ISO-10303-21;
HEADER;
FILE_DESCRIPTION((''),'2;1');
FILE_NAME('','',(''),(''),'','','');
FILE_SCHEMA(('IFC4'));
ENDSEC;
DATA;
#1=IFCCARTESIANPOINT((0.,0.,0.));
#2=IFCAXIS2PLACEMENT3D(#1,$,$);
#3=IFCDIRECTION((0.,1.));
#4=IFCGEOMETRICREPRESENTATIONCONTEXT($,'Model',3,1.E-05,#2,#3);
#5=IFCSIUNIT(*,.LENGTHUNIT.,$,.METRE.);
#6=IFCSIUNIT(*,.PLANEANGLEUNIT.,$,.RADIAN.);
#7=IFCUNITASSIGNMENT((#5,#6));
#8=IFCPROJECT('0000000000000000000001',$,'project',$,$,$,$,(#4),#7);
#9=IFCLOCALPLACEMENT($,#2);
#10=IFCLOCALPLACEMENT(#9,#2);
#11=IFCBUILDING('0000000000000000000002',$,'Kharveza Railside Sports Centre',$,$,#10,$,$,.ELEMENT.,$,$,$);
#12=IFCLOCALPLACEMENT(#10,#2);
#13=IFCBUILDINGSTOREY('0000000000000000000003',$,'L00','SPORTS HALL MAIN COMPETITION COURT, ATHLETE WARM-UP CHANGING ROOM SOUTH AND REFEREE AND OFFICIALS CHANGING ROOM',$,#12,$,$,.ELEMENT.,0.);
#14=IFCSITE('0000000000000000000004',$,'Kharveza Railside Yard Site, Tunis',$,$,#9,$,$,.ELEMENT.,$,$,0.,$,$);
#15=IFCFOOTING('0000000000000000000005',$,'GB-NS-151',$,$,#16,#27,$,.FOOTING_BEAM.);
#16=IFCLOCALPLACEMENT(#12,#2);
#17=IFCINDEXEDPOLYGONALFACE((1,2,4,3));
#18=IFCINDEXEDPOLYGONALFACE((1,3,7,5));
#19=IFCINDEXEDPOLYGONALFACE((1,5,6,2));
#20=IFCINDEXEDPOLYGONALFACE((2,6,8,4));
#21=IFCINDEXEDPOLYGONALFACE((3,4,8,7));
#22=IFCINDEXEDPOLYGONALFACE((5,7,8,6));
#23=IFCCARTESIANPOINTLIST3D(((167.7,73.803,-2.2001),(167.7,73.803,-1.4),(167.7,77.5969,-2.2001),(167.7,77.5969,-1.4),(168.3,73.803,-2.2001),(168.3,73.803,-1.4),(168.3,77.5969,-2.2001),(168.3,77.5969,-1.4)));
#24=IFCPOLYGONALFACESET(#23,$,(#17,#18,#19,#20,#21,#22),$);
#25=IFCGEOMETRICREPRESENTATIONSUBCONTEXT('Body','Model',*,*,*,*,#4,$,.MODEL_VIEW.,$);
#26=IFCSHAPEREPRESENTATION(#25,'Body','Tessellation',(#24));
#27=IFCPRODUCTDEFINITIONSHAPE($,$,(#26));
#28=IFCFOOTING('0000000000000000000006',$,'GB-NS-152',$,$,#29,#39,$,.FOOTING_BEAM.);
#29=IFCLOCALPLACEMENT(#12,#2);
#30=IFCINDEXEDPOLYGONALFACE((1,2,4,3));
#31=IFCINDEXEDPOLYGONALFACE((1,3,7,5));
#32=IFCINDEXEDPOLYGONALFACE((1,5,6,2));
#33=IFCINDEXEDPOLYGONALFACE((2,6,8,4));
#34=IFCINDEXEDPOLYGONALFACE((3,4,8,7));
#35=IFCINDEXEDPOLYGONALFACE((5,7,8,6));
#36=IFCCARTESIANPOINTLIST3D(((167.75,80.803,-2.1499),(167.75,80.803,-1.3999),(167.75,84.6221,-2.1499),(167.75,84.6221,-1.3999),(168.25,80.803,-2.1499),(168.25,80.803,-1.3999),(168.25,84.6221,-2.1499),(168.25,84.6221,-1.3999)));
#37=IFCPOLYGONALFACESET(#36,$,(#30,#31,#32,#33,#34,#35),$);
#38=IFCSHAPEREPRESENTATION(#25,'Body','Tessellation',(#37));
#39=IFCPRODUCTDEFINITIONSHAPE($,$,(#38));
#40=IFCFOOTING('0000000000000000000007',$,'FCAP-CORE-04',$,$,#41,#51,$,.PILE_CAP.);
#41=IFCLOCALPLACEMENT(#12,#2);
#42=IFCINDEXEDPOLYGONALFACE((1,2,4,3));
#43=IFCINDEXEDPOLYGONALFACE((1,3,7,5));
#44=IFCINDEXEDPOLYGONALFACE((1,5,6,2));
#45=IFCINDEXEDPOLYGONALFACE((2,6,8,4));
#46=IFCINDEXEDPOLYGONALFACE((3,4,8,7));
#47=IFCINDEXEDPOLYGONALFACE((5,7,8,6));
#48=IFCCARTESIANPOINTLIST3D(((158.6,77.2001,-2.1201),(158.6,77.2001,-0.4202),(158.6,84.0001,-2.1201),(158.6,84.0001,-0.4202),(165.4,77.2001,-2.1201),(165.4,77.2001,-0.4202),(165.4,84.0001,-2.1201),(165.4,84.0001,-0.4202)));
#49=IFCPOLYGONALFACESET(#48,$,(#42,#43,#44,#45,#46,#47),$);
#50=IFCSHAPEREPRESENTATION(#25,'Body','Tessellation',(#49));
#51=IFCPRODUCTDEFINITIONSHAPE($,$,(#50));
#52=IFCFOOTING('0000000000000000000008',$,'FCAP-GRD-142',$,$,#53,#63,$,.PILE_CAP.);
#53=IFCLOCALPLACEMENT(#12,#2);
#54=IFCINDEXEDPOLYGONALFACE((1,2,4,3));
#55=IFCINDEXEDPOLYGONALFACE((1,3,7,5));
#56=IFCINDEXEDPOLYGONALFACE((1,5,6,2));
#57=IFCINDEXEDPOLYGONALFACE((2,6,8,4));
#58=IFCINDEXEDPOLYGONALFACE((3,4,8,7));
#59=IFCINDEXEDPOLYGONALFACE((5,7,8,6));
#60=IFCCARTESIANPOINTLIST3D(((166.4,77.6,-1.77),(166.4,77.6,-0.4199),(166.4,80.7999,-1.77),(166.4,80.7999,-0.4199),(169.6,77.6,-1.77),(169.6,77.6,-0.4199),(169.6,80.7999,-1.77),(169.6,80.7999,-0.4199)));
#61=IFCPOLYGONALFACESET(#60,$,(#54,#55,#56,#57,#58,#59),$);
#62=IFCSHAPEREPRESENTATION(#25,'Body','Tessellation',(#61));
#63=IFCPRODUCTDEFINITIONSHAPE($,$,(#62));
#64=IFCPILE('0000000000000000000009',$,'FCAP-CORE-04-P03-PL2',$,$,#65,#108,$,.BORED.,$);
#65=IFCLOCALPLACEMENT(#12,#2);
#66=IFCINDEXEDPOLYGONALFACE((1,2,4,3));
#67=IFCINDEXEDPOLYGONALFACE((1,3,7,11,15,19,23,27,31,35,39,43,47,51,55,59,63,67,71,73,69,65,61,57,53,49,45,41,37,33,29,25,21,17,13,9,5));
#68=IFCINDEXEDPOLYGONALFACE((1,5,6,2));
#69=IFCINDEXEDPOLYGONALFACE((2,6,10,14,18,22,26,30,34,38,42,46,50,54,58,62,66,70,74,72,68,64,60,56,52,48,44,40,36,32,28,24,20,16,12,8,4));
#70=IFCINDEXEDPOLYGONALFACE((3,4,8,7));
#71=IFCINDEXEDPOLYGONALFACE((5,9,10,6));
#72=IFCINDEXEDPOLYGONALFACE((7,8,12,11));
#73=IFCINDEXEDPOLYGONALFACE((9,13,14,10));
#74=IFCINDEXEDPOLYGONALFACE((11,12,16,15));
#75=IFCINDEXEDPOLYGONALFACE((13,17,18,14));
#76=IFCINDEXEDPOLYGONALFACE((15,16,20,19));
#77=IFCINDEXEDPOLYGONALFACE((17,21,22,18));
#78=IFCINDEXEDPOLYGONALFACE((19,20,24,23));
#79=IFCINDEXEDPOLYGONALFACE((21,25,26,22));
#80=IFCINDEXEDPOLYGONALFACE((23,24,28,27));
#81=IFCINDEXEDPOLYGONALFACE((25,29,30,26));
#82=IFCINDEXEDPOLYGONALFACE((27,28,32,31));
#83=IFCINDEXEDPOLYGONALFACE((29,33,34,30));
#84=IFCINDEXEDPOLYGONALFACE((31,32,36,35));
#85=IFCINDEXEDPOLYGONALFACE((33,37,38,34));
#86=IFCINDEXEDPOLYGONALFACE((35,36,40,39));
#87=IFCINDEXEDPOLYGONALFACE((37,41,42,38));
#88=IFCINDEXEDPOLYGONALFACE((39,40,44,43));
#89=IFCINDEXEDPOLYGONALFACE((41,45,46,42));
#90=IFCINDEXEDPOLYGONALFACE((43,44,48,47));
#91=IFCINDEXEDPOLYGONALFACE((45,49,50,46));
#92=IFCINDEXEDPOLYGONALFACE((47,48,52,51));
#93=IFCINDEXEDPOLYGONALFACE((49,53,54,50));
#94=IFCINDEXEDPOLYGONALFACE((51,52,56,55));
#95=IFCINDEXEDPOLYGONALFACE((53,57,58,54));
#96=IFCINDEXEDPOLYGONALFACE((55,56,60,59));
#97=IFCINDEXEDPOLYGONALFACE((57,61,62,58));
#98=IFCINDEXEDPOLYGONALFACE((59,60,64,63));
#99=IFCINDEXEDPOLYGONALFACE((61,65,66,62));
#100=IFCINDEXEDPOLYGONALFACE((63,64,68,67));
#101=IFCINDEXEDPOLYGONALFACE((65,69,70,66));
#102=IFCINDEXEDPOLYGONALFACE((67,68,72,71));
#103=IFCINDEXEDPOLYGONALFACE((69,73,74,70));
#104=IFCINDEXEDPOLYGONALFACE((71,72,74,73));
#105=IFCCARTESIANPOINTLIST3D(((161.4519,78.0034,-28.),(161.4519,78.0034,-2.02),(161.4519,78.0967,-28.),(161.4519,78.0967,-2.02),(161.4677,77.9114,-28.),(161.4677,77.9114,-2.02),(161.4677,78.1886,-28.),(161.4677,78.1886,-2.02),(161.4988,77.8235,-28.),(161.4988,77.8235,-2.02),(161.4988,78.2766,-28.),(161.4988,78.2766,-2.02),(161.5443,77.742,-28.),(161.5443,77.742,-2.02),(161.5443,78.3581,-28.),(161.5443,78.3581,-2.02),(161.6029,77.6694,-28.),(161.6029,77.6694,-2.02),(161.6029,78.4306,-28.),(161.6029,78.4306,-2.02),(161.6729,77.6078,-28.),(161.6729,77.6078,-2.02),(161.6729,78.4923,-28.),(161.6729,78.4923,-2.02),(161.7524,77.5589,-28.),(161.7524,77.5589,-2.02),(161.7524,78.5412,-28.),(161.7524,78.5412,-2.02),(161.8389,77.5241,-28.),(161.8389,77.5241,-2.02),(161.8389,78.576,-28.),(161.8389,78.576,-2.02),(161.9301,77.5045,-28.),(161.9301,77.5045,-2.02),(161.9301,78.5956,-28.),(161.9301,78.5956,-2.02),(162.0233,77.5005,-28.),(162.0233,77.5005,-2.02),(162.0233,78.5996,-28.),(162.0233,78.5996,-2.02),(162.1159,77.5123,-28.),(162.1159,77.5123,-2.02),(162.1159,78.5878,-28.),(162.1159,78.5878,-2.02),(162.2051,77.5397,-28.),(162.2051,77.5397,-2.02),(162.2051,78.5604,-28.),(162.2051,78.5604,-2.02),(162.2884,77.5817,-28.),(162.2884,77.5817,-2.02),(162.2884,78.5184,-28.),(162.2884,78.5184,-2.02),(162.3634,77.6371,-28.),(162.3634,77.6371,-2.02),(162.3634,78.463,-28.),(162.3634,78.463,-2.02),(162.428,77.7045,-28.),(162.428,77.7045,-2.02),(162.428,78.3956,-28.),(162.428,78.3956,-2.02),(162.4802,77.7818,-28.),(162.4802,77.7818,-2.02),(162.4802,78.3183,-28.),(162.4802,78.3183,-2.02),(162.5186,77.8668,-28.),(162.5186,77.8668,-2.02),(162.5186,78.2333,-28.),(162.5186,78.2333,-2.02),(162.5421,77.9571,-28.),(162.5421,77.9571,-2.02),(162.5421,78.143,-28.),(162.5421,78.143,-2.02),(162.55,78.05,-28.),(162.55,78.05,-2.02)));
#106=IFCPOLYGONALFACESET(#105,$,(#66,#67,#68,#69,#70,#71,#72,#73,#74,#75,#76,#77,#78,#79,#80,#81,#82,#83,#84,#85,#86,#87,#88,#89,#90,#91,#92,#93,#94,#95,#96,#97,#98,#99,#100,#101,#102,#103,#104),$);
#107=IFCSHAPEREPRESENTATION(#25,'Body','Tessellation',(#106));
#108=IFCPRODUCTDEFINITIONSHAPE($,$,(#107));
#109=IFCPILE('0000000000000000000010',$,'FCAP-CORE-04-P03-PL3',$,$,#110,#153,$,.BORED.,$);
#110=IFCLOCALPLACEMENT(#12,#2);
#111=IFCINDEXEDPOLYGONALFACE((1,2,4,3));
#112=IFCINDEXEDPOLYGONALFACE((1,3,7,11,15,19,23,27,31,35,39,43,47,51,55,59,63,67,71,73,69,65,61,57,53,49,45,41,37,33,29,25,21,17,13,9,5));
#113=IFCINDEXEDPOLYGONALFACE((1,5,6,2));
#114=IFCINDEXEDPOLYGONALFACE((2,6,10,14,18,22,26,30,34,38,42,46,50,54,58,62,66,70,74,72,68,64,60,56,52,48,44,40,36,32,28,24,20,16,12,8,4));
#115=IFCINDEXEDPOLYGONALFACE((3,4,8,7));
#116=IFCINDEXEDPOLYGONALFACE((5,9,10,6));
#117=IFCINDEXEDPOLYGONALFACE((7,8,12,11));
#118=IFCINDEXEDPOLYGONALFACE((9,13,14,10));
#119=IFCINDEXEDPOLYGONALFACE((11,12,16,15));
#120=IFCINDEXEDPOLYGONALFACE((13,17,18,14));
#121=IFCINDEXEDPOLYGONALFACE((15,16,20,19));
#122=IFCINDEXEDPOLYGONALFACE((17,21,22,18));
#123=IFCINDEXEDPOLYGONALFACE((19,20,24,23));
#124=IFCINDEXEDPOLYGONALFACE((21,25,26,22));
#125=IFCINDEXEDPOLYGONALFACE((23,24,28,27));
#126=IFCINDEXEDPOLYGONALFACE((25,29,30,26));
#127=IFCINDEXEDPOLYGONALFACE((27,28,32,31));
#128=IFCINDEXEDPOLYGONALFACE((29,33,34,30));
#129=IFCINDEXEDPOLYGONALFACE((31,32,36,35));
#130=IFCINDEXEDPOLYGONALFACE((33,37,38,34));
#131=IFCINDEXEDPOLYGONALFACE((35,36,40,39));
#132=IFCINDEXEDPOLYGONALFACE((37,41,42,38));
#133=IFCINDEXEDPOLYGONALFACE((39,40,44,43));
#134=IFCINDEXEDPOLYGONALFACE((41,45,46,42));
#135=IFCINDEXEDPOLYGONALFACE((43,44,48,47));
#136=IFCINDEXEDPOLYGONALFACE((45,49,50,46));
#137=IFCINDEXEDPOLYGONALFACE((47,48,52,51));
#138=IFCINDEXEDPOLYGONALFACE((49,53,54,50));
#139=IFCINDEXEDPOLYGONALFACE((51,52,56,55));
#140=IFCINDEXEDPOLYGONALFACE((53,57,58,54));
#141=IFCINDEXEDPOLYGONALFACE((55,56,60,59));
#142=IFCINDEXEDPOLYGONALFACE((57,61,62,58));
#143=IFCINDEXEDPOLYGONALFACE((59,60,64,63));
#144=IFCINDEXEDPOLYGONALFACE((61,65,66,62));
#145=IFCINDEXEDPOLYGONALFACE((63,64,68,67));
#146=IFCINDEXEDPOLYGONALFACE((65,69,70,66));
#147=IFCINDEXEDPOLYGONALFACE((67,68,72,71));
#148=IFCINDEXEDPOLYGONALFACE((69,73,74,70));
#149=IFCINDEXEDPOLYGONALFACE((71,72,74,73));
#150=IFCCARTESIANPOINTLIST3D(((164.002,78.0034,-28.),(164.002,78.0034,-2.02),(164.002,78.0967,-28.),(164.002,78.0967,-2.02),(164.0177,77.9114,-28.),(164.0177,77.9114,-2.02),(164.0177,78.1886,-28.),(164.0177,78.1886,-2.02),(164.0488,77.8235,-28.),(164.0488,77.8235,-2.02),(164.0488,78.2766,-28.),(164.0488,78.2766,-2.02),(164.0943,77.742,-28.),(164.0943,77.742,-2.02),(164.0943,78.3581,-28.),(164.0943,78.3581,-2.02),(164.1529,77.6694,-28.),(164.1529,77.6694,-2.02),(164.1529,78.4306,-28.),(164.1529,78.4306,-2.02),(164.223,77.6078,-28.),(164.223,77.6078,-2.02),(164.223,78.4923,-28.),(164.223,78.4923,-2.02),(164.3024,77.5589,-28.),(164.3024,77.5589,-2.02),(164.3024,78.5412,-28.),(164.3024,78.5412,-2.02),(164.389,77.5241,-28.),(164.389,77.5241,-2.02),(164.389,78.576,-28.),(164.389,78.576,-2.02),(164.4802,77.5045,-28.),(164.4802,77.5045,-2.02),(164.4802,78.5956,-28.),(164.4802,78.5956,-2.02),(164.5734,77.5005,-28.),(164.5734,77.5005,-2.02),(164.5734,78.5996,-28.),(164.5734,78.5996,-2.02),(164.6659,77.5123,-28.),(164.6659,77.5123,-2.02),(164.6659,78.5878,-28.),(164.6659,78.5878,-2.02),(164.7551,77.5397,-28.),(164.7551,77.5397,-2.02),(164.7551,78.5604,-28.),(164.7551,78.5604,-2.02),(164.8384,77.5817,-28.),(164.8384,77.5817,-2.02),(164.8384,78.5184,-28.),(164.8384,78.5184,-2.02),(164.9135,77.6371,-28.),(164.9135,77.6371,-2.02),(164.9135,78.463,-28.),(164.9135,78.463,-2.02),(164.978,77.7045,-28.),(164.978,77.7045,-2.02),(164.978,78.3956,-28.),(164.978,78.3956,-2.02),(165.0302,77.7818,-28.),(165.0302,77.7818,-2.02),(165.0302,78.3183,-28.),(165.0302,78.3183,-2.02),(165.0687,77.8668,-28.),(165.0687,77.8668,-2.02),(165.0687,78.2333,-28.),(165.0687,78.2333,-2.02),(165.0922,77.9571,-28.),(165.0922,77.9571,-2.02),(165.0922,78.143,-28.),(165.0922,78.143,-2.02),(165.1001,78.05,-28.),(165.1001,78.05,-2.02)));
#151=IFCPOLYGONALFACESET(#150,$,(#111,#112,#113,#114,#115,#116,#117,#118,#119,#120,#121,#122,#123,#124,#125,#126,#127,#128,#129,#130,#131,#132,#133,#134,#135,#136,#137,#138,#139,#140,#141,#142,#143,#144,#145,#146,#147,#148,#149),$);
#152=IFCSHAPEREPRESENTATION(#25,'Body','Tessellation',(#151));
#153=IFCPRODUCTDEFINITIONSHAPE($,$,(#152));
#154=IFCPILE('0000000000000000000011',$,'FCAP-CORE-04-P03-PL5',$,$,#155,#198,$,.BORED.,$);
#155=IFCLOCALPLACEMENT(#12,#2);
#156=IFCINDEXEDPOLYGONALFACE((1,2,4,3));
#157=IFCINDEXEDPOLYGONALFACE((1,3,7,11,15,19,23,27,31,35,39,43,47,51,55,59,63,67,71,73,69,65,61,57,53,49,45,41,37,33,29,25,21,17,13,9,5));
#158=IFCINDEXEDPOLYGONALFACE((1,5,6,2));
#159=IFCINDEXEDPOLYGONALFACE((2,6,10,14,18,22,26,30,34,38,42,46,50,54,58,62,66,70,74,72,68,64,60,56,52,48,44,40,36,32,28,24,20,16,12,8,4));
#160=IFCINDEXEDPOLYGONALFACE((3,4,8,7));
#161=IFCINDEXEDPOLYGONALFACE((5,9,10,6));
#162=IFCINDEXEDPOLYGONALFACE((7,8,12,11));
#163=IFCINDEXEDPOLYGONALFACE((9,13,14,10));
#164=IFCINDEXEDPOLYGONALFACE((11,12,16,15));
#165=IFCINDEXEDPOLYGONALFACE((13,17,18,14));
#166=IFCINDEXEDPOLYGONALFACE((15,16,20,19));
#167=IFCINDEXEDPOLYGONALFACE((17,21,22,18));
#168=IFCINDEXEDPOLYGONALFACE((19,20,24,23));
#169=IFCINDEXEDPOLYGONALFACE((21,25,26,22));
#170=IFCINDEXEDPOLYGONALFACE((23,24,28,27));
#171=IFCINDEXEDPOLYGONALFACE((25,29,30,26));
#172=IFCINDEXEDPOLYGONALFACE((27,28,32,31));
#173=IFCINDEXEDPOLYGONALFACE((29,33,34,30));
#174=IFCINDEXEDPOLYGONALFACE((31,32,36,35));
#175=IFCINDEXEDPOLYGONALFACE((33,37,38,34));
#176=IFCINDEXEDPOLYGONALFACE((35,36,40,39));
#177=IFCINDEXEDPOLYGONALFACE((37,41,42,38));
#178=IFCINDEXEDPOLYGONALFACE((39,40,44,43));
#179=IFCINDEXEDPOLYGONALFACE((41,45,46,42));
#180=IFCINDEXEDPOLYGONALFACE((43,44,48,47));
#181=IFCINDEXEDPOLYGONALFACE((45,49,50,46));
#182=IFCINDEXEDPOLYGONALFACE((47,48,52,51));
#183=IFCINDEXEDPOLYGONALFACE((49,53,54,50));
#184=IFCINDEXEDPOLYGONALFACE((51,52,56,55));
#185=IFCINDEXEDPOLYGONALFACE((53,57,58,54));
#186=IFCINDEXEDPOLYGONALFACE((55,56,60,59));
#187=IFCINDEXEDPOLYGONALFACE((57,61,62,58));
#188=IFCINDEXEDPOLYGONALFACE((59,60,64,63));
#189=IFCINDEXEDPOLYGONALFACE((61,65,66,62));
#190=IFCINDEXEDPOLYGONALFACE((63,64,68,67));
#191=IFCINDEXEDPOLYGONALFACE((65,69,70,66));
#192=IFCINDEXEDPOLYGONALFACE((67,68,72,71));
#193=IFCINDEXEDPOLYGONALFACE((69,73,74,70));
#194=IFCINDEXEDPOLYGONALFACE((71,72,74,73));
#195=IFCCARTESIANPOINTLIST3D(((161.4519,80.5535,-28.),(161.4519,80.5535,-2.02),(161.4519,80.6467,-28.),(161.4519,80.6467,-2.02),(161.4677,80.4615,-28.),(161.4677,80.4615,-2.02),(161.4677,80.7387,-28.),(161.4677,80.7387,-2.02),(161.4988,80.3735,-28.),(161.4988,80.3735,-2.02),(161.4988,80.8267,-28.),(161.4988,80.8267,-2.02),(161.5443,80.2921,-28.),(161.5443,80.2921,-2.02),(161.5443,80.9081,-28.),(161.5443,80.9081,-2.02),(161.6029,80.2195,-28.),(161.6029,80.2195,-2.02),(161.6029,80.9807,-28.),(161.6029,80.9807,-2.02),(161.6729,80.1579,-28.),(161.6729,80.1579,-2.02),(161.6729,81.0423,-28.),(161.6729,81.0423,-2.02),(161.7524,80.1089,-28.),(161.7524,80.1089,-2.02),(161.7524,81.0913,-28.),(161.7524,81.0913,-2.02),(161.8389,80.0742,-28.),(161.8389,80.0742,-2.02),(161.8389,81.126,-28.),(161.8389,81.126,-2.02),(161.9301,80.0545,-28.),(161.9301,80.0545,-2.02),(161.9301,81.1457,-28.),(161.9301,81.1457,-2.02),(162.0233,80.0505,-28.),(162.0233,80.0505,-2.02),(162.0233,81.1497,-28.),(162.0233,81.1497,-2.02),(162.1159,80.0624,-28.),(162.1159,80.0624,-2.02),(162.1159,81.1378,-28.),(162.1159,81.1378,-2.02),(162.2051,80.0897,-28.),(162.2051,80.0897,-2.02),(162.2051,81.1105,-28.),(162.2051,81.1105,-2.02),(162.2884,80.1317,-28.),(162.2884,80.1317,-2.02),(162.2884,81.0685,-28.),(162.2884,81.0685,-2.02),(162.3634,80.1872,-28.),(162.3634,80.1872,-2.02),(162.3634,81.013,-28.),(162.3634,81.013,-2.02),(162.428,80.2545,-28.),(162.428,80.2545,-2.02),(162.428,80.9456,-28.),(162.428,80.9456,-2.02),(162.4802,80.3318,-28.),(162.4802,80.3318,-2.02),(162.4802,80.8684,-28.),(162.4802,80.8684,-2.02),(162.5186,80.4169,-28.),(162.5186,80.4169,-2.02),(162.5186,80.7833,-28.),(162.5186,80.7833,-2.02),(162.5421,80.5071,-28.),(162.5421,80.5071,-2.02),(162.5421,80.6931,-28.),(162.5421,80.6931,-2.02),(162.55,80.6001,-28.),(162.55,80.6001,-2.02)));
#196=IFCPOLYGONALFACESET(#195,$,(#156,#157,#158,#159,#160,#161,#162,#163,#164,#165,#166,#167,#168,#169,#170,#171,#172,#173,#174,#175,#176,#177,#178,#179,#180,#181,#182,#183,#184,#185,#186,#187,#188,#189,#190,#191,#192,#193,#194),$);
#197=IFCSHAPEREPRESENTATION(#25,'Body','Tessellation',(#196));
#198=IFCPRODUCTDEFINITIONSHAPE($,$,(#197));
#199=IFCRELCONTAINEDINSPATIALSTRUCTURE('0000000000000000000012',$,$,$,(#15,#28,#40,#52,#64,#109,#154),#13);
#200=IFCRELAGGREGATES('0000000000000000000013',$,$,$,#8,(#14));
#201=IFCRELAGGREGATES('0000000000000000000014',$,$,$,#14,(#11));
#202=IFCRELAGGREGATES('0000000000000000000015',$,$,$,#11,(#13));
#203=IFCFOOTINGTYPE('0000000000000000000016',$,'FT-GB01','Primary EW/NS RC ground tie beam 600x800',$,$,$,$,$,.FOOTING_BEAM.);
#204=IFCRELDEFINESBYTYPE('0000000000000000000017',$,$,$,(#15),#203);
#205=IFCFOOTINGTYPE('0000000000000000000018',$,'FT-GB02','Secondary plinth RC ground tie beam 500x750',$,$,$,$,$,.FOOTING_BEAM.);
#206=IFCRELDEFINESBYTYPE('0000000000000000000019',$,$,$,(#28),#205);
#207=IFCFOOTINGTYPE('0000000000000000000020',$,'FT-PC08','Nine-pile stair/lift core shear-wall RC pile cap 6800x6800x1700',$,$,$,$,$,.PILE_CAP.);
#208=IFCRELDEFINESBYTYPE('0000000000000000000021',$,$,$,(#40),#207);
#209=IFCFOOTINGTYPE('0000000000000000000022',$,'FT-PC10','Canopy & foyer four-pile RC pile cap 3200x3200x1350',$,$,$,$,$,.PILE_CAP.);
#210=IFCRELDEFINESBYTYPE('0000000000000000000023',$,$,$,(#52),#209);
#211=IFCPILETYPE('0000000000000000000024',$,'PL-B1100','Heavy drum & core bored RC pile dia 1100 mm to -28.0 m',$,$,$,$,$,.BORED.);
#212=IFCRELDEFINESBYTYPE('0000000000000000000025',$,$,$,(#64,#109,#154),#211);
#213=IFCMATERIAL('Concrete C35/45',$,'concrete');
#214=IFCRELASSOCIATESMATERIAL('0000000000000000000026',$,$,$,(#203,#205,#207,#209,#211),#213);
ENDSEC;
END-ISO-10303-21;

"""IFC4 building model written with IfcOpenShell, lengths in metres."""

from ifc_helpers import new_model, si_unit, direction, frame, origin, origin_2d, place, context, subcontext, project, spatial, rectangle, circle, extrude, material, material_profile, profile_set, type_object, element, save


model = new_model("IFC4")

# Units and contexts
model_context = context("Model", 3, precision=1e-05, world=origin(), true_north=direction((0.0, 1.0)))
body_context = subcontext(model_context, "Body", "Model", "MODEL_VIEW")
ifc_project = project(units=[si_unit("LENGTHUNIT", "METRE"), si_unit("PLANEANGLEUNIT", "RADIAN")], contexts=[model_context])

# Site, building, storey
site_placement = place(None, origin())
site = spatial("IfcSite", under=ifc_project, at=site_placement, Name="Kharveza Railside Yard Site, Tunis", CompositionType="ELEMENT", RefElevation=0.0)
building_placement = place(site_placement, origin())
building = spatial("IfcBuilding", under=site, at=building_placement, Name="Kharveza Railside Sports Centre", CompositionType="ELEMENT")
storey_placement = place(building_placement, origin())
storey = spatial("IfcBuildingStorey", under=building, at=storey_placement, Name="L00", Description="SPORTS HALL MAIN COMPETITION COURT, ATHLETE WARM-UP CHANGING ROOM SOUTH AND REFEREE AND OFFICIALS CHANGING ROOM", CompositionType="ELEMENT", Elevation=0.0)

# Footings
ifc_material_1 = material(Name="Concrete C35/45", Category="concrete")
ifc_material_profile_1 = material_profile(ifc_material_1, rectangle(XDim=0.6001, YDim=0.8, at=origin_2d()), Name="GB 600x800")
ifc_profile_set_1 = profile_set([ifc_material_profile_1], Name="Concrete C35/45")
footing_type_1 = type_object("IfcFootingType", Name="FT-GB01", Description="Primary EW/NS RC ground tie beam 600x800", PredefinedType="FOOTING_BEAM", material=ifc_profile_set_1)
footing_1_placement = place(storey_placement, frame((168.0, 73.803, -1.8), z_axis=(0.0, 1.0, 0.0), x_axis=(-1.0, 0.0, 0.0)))
element("IfcFooting", 1, at=footing_1_placement, inside=storey, type_object=footing_type_1, Name="GB-NS-151", PredefinedType="FOOTING_BEAM", context=body_context, shape_type="SweptSolid", body=[
    extrude(rectangle(XDim=0.6001, YDim=0.8, at=origin_2d()), origin(), (0.0, 0.0, 1.0), 3.7939),
])
ifc_material_profile_2 = material_profile(ifc_material_1, rectangle(XDim=0.5, YDim=0.75, at=origin_2d()), Name="GB 500x750")
ifc_profile_set_2 = profile_set([ifc_material_profile_2], Name="Concrete C35/45")
footing_type_2 = type_object("IfcFootingType", Name="FT-GB02", Description="Secondary plinth RC ground tie beam 500x750", PredefinedType="FOOTING_BEAM", material=ifc_profile_set_2)
footing_2_placement = place(storey_placement, frame((168.0, 80.803, -1.7749), z_axis=(0.0, 1.0, 0.0), x_axis=(-1.0, 0.0, 0.0)))
element("IfcFooting", 2, at=footing_2_placement, inside=storey, type_object=footing_type_2, Name="GB-NS-152", PredefinedType="FOOTING_BEAM", context=body_context, shape_type="SweptSolid", body=[
    extrude(rectangle(XDim=0.5, YDim=0.75, at=origin_2d()), origin(), (0.0, 0.0, 1.0), 3.8191),
])
footing_type_3 = type_object("IfcFootingType", Name="FT-PC08", Description="Nine-pile stair/lift core shear-wall RC pile cap 6800x6800x1700", PredefinedType="PILE_CAP", material=ifc_material_1)
footing_3_placement = place(storey_placement, frame((162.0, 80.6001, -2.1201), z_axis=(0.0, 0.0, 1.0), x_axis=(1.0, 0.0, 0.0)))
element("IfcFooting", 3, at=footing_3_placement, inside=storey, type_object=footing_type_3, Name="FCAP-CORE-04", PredefinedType="PILE_CAP", context=body_context, shape_type="SweptSolid", body=[
    extrude(rectangle(XDim=6.8, YDim=6.8, at=origin_2d()), origin(), (0.0, 0.0, 1.0), 1.7),
])
footing_type_4 = type_object("IfcFootingType", Name="FT-PC10", Description="Canopy & foyer four-pile RC pile cap 3200x3200x1350", PredefinedType="PILE_CAP", material=ifc_material_1)
footing_4_placement = place(storey_placement, frame((168.0, 79.2, -1.77), z_axis=(0.0, 0.0, 1.0), x_axis=(1.0, 0.0, 0.0)))
element("IfcFooting", 4, at=footing_4_placement, inside=storey, type_object=footing_type_4, Name="FCAP-GRD-142", PredefinedType="PILE_CAP", context=body_context, shape_type="SweptSolid", body=[
    extrude(rectangle(XDim=3.2, YDim=3.2, at=origin_2d()), origin(), (0.0, 0.0, 1.0), 1.3501),
])

# Piles
ifc_material_profile_3 = material_profile(ifc_material_1, circle(Radius=0.55, at=origin_2d()), Name="PILE D1100")
ifc_profile_set_3 = profile_set([ifc_material_profile_3], Name="Concrete C35/45")
pile_type_1 = type_object("IfcPileType", Name="PL-B1100", Description="Heavy drum & core bored RC pile dia 1100 mm to -28.0 m", PredefinedType="BORED", material=ifc_profile_set_3)
for number, where, z_axis, x_axis, name in (
    (5, (162.0, 78.05, -2.02), (0.0, 0.0, -1.0), (1.0, 0.0, 0.0), "FCAP-CORE-04-P03-PL2"),
    (6, (164.55, 78.05, -2.02), (0.0, 0.0, -1.0), (1.0, 0.0, 0.0), "FCAP-CORE-04-P03-PL3"),
    (7, (162.0, 80.6001, -2.02), (0.0, 0.0, -1.0), (1.0, 0.0, 0.0), "FCAP-CORE-04-P03-PL5"),
):
    element("IfcPile", number, at=place(storey_placement, frame(where, z_axis=z_axis, x_axis=x_axis)), inside=storey, type_object=pile_type_1, Name=name, PredefinedType="BORED", context=body_context, shape_type="SweptSolid", body=[
        extrude(circle(Radius=0.55, at=origin_2d()), origin(), (0.0, 0.0, 1.0), 25.98),
    ])

save(model, "model.ifc")
